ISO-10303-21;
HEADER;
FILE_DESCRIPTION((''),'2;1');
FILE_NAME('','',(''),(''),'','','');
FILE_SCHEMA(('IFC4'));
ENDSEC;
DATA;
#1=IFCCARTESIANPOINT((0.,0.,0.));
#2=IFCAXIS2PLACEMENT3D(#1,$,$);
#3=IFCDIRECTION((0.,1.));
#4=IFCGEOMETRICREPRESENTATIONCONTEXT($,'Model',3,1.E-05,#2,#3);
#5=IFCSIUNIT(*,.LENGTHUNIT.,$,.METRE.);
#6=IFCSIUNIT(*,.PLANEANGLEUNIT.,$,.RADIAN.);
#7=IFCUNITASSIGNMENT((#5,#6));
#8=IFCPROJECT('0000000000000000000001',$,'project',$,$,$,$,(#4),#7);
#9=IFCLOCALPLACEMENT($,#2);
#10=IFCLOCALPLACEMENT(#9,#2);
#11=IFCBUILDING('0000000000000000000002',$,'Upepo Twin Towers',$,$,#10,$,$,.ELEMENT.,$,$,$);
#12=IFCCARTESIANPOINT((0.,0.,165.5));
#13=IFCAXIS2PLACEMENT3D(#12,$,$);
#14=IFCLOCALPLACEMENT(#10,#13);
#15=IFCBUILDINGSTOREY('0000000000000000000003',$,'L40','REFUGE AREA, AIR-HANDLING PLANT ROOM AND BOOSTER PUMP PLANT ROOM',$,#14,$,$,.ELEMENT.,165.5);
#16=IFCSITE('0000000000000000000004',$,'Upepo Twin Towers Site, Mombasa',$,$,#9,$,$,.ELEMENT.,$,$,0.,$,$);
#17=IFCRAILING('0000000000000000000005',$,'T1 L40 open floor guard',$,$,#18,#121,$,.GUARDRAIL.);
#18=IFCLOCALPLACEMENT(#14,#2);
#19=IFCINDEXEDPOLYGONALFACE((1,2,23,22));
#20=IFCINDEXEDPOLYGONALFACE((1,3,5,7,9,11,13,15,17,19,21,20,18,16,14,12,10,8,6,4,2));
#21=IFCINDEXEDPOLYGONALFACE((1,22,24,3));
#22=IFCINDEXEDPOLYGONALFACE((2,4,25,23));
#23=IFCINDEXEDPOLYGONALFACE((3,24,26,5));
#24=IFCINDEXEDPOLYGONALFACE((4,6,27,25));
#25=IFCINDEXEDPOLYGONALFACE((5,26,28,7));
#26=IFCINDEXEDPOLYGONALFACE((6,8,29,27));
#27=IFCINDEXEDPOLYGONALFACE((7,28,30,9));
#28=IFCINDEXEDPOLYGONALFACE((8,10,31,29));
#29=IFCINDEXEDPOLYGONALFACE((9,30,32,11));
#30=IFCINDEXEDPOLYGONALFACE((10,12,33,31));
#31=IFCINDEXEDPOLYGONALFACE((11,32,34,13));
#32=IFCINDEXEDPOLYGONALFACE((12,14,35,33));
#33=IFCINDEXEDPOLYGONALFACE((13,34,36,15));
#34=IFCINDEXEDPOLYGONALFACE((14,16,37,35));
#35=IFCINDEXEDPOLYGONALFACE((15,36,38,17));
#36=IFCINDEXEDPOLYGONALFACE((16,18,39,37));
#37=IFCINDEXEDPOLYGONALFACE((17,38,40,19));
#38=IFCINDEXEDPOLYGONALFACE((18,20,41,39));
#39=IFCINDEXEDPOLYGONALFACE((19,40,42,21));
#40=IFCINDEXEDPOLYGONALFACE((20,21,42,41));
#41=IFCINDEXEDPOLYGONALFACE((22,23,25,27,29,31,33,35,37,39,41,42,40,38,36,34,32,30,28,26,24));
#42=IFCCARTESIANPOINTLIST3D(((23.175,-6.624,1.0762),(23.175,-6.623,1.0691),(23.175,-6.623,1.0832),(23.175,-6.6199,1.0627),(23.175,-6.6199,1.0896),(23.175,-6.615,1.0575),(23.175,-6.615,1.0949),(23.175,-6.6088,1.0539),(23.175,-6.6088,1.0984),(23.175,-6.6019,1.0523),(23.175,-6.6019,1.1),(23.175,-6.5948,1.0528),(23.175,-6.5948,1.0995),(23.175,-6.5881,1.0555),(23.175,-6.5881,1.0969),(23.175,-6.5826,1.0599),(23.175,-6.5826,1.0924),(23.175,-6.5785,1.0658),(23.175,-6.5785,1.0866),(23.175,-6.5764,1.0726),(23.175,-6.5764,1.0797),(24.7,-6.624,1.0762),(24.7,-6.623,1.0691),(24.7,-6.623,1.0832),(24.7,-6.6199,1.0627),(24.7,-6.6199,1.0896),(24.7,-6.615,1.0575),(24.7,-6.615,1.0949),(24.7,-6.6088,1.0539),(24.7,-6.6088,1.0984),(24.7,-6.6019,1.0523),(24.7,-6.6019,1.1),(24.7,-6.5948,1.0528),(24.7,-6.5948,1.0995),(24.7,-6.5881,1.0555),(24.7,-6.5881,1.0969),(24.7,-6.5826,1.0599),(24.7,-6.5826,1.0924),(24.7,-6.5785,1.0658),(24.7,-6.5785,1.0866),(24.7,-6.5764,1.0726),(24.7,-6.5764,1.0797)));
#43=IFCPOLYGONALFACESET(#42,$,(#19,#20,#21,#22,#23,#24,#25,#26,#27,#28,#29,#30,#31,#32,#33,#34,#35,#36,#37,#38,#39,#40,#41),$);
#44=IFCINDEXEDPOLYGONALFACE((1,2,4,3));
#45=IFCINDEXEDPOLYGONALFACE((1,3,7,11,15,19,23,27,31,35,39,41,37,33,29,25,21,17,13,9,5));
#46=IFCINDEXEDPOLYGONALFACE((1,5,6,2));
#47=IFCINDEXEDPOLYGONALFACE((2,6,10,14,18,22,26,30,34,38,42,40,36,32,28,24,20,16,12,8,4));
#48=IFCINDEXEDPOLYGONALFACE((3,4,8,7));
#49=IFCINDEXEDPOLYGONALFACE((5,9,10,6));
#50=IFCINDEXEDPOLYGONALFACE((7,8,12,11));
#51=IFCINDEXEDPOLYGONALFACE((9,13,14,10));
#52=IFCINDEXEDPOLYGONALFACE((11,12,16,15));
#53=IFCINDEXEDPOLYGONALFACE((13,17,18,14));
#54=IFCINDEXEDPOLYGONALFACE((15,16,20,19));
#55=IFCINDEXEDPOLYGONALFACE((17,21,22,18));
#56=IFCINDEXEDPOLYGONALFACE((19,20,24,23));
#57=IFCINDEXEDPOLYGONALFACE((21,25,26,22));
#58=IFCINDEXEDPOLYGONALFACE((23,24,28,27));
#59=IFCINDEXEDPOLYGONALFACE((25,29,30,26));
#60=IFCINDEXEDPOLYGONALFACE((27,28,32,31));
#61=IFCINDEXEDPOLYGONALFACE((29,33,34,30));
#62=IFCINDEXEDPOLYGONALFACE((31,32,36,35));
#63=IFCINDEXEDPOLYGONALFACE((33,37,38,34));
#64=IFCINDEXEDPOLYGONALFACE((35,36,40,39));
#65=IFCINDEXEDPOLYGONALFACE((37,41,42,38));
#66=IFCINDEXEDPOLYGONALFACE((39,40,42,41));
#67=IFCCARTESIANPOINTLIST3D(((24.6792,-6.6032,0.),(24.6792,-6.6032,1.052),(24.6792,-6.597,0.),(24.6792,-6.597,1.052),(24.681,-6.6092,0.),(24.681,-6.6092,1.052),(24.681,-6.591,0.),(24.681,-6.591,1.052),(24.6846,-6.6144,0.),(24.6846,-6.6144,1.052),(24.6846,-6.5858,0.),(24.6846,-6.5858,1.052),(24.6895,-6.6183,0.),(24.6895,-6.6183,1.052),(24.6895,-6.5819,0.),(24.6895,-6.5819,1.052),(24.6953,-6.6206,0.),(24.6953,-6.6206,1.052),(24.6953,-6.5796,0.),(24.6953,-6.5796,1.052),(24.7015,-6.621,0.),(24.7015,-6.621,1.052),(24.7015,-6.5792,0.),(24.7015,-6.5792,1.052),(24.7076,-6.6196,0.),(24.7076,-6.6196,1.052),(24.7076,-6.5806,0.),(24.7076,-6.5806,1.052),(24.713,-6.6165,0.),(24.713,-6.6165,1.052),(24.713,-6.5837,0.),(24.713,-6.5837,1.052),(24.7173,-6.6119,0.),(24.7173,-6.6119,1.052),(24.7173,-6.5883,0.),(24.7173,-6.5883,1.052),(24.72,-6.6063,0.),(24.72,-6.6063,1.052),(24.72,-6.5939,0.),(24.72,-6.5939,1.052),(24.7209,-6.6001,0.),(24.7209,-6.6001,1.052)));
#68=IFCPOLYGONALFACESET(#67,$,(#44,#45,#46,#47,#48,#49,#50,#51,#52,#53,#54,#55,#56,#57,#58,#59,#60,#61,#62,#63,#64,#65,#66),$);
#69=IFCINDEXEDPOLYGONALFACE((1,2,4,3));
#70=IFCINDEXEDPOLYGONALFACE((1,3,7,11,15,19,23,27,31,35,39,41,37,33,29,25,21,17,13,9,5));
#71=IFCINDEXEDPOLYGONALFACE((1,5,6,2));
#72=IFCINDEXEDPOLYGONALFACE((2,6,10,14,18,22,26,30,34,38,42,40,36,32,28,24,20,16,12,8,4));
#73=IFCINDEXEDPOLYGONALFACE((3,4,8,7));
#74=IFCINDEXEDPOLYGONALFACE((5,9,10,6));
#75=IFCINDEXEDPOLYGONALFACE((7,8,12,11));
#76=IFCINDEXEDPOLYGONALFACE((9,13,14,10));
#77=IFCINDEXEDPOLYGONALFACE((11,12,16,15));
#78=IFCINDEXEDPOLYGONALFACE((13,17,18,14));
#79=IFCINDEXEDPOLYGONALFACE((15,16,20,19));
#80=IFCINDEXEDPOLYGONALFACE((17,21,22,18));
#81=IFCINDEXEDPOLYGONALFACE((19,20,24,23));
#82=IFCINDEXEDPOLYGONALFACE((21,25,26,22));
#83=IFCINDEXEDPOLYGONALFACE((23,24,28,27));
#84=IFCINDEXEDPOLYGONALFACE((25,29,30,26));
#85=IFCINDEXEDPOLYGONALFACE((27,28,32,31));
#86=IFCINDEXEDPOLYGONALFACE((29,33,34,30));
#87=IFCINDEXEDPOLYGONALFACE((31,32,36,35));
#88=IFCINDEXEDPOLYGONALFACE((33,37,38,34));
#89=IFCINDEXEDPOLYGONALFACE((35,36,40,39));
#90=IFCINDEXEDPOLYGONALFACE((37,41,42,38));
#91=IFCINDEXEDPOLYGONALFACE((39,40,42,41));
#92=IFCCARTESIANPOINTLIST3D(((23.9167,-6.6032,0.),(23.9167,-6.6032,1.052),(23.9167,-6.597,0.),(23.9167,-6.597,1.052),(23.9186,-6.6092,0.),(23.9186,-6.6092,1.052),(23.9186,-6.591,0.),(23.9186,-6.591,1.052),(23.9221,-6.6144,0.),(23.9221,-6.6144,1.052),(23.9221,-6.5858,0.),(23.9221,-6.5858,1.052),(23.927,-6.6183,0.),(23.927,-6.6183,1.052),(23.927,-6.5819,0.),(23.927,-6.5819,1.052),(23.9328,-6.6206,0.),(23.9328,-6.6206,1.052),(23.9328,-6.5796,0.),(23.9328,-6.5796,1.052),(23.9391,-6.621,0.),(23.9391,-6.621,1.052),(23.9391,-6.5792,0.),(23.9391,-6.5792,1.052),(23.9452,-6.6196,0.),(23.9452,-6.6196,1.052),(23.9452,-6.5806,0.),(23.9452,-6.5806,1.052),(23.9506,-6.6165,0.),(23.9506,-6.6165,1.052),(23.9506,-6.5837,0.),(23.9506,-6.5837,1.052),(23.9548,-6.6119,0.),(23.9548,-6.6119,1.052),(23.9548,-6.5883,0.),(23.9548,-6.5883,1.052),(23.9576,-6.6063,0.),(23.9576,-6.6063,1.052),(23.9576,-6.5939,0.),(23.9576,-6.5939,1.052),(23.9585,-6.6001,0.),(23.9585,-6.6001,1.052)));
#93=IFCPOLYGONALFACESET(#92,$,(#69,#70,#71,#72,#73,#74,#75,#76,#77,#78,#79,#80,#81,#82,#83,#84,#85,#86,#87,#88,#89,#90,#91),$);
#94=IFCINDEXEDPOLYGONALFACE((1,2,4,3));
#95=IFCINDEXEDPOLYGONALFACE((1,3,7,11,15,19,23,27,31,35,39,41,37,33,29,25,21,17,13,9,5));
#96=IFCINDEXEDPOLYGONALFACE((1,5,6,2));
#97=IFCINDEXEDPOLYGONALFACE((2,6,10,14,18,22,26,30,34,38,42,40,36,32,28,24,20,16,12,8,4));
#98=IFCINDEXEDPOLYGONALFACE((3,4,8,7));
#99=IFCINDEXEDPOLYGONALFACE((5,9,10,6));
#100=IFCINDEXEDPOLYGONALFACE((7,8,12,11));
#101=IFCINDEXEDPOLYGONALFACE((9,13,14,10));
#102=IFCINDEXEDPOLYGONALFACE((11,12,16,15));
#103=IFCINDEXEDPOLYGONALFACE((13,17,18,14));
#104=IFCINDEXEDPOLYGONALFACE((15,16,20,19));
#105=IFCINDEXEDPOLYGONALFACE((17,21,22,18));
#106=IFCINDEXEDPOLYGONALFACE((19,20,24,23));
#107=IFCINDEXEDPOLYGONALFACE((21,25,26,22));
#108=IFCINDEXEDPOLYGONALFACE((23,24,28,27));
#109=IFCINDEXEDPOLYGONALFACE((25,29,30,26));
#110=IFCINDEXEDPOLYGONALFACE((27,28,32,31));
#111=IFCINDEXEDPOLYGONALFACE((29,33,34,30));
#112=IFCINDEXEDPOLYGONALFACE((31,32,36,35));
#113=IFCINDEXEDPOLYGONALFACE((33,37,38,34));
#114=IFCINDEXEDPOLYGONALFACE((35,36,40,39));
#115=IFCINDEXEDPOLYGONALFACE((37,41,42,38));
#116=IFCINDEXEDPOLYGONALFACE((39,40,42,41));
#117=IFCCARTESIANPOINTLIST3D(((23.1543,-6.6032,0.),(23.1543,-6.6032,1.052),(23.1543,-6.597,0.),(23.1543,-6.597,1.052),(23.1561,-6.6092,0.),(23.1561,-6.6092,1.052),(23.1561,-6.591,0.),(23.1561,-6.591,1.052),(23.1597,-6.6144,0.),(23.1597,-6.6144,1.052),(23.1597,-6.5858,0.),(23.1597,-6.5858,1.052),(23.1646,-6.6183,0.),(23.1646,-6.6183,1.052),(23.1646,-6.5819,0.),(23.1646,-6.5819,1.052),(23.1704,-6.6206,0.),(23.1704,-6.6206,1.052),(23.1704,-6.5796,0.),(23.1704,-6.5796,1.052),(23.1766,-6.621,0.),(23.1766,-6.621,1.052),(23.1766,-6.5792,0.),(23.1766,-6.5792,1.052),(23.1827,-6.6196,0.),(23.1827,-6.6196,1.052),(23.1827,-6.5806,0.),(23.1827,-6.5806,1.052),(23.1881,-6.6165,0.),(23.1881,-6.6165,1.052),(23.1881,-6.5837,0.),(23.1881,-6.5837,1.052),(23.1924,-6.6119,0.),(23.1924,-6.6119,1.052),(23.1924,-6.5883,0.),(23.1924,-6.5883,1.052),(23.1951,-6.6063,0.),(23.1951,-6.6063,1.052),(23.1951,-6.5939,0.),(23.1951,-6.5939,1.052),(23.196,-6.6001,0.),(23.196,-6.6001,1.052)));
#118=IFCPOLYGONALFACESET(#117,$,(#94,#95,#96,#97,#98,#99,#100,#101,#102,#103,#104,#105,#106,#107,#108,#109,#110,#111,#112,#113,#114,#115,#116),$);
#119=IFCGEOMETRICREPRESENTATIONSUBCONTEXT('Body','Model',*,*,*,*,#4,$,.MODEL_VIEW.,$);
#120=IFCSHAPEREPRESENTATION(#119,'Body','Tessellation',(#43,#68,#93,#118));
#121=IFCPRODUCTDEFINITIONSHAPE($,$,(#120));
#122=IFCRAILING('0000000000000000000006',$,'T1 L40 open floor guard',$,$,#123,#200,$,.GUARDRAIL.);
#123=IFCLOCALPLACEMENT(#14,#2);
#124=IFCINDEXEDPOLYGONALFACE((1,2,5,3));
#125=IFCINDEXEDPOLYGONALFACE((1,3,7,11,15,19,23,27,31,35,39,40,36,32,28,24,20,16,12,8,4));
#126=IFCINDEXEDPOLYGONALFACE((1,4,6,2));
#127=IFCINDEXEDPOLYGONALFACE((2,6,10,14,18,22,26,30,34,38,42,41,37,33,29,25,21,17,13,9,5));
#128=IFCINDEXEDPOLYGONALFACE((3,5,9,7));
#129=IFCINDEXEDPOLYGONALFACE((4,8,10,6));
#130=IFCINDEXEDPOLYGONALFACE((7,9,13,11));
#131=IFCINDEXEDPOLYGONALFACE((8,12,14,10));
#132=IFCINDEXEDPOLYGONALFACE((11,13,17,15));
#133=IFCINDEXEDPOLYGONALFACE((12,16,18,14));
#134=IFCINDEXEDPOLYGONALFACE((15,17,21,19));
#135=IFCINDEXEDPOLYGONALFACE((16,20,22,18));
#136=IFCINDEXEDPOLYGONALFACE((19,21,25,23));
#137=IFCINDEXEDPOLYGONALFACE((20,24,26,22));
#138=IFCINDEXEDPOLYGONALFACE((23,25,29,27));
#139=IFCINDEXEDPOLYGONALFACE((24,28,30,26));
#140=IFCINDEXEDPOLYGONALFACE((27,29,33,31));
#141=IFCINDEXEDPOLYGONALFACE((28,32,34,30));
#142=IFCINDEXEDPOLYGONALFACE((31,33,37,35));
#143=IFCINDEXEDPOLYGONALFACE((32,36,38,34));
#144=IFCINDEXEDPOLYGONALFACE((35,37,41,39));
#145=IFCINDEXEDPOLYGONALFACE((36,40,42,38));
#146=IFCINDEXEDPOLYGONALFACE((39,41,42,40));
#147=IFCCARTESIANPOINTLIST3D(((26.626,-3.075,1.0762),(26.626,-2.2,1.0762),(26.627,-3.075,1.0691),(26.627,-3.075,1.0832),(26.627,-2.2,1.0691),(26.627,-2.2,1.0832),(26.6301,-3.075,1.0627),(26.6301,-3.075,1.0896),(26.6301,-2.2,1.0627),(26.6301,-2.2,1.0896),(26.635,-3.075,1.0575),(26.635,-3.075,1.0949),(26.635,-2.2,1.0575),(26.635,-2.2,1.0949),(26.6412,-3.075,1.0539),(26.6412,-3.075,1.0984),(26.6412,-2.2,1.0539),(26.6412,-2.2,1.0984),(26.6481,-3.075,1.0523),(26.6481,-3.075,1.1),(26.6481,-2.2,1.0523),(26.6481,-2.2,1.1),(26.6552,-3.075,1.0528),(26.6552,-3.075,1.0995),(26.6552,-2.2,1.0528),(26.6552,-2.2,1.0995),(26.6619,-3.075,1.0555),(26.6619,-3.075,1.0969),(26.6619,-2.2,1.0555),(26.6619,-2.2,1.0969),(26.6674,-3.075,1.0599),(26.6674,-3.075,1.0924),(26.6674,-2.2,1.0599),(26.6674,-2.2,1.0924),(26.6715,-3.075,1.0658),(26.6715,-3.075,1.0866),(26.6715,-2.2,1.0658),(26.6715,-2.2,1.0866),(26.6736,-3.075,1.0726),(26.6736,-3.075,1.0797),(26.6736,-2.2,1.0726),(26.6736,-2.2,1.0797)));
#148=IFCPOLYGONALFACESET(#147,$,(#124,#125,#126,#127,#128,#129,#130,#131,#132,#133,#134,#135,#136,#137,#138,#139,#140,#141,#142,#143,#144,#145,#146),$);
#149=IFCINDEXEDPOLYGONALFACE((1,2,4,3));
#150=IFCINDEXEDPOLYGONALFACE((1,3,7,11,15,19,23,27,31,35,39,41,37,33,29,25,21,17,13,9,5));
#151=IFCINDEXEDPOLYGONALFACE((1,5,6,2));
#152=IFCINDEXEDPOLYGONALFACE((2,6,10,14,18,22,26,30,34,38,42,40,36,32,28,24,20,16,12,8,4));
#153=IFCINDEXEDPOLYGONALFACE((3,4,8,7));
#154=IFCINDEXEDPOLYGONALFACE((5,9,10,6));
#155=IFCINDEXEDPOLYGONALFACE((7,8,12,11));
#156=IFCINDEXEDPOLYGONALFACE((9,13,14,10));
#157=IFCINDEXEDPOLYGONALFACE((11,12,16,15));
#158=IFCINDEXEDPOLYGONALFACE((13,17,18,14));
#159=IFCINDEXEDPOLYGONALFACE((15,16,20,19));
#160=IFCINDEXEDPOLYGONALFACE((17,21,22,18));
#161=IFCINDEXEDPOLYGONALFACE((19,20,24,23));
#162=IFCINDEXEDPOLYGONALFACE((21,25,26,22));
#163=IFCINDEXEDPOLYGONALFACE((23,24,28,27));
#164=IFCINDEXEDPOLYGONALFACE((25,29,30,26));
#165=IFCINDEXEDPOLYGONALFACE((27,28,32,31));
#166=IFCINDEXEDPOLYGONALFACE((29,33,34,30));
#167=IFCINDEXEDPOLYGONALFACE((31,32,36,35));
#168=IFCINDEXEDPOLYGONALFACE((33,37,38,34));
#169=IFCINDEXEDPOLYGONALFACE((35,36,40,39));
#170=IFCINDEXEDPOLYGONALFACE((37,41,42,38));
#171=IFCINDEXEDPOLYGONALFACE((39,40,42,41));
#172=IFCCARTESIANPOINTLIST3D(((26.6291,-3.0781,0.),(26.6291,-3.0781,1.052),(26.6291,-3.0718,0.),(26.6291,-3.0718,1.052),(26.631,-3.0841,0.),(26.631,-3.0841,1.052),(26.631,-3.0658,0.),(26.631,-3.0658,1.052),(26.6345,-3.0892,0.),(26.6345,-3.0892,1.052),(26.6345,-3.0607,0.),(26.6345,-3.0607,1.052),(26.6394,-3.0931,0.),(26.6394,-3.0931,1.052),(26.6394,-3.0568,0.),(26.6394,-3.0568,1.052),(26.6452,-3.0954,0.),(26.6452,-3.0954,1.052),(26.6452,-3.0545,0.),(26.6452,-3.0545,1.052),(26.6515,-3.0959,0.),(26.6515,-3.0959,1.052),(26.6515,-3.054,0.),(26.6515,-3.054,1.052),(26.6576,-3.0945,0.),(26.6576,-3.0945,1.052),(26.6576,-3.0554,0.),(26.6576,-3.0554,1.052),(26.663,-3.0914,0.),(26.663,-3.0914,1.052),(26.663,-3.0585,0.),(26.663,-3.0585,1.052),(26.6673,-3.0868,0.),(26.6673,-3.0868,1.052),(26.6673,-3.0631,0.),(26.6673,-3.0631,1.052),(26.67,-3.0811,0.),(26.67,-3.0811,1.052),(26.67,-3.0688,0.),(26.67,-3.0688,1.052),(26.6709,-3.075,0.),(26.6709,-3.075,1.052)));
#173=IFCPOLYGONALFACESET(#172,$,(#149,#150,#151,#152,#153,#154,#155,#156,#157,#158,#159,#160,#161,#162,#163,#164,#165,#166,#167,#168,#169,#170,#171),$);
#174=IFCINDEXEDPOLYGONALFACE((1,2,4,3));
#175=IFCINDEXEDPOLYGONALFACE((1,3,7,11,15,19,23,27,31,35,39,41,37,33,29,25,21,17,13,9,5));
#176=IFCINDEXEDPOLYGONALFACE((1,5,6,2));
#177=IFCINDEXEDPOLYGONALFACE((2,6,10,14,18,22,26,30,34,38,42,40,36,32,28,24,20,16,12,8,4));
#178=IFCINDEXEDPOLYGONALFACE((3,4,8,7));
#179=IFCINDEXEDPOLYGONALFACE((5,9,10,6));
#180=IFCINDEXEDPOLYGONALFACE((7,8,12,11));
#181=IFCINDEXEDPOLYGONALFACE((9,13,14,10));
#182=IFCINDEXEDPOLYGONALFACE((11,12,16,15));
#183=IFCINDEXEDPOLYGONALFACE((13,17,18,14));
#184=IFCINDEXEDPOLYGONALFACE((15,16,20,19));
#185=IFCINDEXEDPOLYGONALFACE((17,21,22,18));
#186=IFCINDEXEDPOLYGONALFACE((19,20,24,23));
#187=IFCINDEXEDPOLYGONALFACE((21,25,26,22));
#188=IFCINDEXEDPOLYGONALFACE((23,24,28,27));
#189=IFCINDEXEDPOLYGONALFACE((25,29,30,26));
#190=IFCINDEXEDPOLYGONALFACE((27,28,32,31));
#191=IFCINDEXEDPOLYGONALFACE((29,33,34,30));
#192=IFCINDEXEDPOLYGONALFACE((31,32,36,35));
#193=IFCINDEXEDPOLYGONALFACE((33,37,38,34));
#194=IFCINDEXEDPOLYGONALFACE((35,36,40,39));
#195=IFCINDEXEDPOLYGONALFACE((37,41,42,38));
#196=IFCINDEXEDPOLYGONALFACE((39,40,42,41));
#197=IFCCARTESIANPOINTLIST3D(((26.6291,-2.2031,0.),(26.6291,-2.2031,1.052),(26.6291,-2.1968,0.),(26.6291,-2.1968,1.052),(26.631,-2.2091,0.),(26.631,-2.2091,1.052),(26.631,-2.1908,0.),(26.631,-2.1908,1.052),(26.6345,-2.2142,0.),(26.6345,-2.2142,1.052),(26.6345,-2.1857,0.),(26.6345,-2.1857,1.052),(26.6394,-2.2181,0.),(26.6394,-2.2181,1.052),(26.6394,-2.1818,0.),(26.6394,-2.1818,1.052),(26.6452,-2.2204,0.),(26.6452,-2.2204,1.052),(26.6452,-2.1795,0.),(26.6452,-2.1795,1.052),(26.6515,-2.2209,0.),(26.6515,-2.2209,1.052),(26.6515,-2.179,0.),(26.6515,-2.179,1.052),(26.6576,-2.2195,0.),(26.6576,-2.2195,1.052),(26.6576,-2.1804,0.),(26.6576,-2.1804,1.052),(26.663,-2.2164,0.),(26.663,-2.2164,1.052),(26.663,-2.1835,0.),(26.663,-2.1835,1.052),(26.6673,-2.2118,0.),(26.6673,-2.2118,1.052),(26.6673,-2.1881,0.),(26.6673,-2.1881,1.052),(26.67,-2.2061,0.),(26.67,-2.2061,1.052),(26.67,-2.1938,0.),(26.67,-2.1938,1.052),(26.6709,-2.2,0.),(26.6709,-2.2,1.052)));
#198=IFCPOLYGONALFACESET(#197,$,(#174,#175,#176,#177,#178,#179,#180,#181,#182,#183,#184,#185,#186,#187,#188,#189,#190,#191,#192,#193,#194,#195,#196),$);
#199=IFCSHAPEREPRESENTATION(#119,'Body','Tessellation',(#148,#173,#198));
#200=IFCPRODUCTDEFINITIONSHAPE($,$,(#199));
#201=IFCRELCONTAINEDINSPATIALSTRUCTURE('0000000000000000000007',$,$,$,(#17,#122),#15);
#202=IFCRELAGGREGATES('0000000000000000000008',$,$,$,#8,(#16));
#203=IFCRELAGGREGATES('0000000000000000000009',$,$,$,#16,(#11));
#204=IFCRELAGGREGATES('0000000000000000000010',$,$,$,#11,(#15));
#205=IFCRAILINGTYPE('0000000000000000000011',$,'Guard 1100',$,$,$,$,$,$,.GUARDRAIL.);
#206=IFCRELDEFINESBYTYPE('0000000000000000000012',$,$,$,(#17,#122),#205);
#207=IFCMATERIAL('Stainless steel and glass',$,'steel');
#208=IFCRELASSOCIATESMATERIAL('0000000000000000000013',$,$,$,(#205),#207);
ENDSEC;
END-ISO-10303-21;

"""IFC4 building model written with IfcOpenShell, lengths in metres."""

from ifc_helpers import new_model, si_unit, direction, frame, origin, origin_2d, place, context, subcontext, project, spatial, circle, extrude, material, type_object, element, save


model = new_model("IFC4")

# Units and contexts
model_context = context("Model", 3, precision=1e-05, world=origin(), true_north=direction((0.0, 1.0)))
body_context = subcontext(model_context, "Body", "Model", "MODEL_VIEW")
ifc_project = project(units=[si_unit("LENGTHUNIT", "METRE"), si_unit("PLANEANGLEUNIT", "RADIAN")], contexts=[model_context])

# Site, building, storey
site_placement = place(None, origin())
site = spatial("IfcSite", under=ifc_project, at=site_placement, Name="Upepo Twin Towers Site, Mombasa", CompositionType="ELEMENT", RefElevation=0.0)
building_placement = place(site_placement, origin())
building = spatial("IfcBuilding", under=site, at=building_placement, Name="Upepo Twin Towers", CompositionType="ELEMENT")
storey_placement = place(building_placement, frame((0.0, 0.0, 165.5)))
storey = spatial("IfcBuildingStorey", under=building, at=storey_placement, Name="L40", Description="REFUGE AREA, AIR-HANDLING PLANT ROOM AND BOOSTER PUMP PLANT ROOM", CompositionType="ELEMENT", Elevation=165.5)

# Railings
ifc_material_1 = material(Name="Stainless steel and glass", Category="steel")
railing_type_1 = type_object("IfcRailingType", Name="Guard 1100", PredefinedType="GUARDRAIL", material=ifc_material_1)
railing_1_placement = place(storey_placement, frame((24.7, -6.6001, 0.0)))
element("IfcRailing", 1, at=railing_1_placement, inside=storey, type_object=railing_type_1, Name="T1 L40 open floor guard", PredefinedType="GUARDRAIL", context=body_context, shape_type="SweptSolid", body=[
    extrude(circle(Radius=0.0239, at=origin_2d()), frame((0.0, 0.0, 1.0762), z_axis=(-1.0, 0.0, 0.0), x_axis=(0.0, -1.0, 0.0)), (0.0, 0.0, 1.0), 1.5249),
    extrude(circle(Radius=0.021, at=origin_2d()), origin(), (0.0, 0.0, 1.0), 1.052),
    extrude(circle(Radius=0.021, at=origin_2d()), frame((-0.7625, 0.0, 0.0)), (0.0, 0.0, 1.0), 1.052),
    extrude(circle(Radius=0.021, at=origin_2d()), frame((-1.5249, 0.0, 0.0)), (0.0, 0.0, 1.0), 1.052),
])
railing_2_placement = place(storey_placement, frame((26.6499, -3.075, 0.0)))
element("IfcRailing", 2, at=railing_2_placement, inside=storey, type_object=railing_type_1, Name="T1 L40 open floor guard", PredefinedType="GUARDRAIL", context=body_context, shape_type="SweptSolid", body=[
    extrude(circle(Radius=0.0239, at=origin_2d()), frame((0.0, 0.0, 1.0762), z_axis=(0.0, 1.0, 0.0), x_axis=(-1.0, 0.0, 0.0)), (0.0, 0.0, 1.0), 0.875),
    extrude(circle(Radius=0.021, at=origin_2d()), origin(), (0.0, 0.0, 1.0), 1.052),
    extrude(circle(Radius=0.021, at=origin_2d()), frame((0.0, 0.875, 0.0)), (0.0, 0.0, 1.0), 1.052),
])

save(model, "model.ifc")
